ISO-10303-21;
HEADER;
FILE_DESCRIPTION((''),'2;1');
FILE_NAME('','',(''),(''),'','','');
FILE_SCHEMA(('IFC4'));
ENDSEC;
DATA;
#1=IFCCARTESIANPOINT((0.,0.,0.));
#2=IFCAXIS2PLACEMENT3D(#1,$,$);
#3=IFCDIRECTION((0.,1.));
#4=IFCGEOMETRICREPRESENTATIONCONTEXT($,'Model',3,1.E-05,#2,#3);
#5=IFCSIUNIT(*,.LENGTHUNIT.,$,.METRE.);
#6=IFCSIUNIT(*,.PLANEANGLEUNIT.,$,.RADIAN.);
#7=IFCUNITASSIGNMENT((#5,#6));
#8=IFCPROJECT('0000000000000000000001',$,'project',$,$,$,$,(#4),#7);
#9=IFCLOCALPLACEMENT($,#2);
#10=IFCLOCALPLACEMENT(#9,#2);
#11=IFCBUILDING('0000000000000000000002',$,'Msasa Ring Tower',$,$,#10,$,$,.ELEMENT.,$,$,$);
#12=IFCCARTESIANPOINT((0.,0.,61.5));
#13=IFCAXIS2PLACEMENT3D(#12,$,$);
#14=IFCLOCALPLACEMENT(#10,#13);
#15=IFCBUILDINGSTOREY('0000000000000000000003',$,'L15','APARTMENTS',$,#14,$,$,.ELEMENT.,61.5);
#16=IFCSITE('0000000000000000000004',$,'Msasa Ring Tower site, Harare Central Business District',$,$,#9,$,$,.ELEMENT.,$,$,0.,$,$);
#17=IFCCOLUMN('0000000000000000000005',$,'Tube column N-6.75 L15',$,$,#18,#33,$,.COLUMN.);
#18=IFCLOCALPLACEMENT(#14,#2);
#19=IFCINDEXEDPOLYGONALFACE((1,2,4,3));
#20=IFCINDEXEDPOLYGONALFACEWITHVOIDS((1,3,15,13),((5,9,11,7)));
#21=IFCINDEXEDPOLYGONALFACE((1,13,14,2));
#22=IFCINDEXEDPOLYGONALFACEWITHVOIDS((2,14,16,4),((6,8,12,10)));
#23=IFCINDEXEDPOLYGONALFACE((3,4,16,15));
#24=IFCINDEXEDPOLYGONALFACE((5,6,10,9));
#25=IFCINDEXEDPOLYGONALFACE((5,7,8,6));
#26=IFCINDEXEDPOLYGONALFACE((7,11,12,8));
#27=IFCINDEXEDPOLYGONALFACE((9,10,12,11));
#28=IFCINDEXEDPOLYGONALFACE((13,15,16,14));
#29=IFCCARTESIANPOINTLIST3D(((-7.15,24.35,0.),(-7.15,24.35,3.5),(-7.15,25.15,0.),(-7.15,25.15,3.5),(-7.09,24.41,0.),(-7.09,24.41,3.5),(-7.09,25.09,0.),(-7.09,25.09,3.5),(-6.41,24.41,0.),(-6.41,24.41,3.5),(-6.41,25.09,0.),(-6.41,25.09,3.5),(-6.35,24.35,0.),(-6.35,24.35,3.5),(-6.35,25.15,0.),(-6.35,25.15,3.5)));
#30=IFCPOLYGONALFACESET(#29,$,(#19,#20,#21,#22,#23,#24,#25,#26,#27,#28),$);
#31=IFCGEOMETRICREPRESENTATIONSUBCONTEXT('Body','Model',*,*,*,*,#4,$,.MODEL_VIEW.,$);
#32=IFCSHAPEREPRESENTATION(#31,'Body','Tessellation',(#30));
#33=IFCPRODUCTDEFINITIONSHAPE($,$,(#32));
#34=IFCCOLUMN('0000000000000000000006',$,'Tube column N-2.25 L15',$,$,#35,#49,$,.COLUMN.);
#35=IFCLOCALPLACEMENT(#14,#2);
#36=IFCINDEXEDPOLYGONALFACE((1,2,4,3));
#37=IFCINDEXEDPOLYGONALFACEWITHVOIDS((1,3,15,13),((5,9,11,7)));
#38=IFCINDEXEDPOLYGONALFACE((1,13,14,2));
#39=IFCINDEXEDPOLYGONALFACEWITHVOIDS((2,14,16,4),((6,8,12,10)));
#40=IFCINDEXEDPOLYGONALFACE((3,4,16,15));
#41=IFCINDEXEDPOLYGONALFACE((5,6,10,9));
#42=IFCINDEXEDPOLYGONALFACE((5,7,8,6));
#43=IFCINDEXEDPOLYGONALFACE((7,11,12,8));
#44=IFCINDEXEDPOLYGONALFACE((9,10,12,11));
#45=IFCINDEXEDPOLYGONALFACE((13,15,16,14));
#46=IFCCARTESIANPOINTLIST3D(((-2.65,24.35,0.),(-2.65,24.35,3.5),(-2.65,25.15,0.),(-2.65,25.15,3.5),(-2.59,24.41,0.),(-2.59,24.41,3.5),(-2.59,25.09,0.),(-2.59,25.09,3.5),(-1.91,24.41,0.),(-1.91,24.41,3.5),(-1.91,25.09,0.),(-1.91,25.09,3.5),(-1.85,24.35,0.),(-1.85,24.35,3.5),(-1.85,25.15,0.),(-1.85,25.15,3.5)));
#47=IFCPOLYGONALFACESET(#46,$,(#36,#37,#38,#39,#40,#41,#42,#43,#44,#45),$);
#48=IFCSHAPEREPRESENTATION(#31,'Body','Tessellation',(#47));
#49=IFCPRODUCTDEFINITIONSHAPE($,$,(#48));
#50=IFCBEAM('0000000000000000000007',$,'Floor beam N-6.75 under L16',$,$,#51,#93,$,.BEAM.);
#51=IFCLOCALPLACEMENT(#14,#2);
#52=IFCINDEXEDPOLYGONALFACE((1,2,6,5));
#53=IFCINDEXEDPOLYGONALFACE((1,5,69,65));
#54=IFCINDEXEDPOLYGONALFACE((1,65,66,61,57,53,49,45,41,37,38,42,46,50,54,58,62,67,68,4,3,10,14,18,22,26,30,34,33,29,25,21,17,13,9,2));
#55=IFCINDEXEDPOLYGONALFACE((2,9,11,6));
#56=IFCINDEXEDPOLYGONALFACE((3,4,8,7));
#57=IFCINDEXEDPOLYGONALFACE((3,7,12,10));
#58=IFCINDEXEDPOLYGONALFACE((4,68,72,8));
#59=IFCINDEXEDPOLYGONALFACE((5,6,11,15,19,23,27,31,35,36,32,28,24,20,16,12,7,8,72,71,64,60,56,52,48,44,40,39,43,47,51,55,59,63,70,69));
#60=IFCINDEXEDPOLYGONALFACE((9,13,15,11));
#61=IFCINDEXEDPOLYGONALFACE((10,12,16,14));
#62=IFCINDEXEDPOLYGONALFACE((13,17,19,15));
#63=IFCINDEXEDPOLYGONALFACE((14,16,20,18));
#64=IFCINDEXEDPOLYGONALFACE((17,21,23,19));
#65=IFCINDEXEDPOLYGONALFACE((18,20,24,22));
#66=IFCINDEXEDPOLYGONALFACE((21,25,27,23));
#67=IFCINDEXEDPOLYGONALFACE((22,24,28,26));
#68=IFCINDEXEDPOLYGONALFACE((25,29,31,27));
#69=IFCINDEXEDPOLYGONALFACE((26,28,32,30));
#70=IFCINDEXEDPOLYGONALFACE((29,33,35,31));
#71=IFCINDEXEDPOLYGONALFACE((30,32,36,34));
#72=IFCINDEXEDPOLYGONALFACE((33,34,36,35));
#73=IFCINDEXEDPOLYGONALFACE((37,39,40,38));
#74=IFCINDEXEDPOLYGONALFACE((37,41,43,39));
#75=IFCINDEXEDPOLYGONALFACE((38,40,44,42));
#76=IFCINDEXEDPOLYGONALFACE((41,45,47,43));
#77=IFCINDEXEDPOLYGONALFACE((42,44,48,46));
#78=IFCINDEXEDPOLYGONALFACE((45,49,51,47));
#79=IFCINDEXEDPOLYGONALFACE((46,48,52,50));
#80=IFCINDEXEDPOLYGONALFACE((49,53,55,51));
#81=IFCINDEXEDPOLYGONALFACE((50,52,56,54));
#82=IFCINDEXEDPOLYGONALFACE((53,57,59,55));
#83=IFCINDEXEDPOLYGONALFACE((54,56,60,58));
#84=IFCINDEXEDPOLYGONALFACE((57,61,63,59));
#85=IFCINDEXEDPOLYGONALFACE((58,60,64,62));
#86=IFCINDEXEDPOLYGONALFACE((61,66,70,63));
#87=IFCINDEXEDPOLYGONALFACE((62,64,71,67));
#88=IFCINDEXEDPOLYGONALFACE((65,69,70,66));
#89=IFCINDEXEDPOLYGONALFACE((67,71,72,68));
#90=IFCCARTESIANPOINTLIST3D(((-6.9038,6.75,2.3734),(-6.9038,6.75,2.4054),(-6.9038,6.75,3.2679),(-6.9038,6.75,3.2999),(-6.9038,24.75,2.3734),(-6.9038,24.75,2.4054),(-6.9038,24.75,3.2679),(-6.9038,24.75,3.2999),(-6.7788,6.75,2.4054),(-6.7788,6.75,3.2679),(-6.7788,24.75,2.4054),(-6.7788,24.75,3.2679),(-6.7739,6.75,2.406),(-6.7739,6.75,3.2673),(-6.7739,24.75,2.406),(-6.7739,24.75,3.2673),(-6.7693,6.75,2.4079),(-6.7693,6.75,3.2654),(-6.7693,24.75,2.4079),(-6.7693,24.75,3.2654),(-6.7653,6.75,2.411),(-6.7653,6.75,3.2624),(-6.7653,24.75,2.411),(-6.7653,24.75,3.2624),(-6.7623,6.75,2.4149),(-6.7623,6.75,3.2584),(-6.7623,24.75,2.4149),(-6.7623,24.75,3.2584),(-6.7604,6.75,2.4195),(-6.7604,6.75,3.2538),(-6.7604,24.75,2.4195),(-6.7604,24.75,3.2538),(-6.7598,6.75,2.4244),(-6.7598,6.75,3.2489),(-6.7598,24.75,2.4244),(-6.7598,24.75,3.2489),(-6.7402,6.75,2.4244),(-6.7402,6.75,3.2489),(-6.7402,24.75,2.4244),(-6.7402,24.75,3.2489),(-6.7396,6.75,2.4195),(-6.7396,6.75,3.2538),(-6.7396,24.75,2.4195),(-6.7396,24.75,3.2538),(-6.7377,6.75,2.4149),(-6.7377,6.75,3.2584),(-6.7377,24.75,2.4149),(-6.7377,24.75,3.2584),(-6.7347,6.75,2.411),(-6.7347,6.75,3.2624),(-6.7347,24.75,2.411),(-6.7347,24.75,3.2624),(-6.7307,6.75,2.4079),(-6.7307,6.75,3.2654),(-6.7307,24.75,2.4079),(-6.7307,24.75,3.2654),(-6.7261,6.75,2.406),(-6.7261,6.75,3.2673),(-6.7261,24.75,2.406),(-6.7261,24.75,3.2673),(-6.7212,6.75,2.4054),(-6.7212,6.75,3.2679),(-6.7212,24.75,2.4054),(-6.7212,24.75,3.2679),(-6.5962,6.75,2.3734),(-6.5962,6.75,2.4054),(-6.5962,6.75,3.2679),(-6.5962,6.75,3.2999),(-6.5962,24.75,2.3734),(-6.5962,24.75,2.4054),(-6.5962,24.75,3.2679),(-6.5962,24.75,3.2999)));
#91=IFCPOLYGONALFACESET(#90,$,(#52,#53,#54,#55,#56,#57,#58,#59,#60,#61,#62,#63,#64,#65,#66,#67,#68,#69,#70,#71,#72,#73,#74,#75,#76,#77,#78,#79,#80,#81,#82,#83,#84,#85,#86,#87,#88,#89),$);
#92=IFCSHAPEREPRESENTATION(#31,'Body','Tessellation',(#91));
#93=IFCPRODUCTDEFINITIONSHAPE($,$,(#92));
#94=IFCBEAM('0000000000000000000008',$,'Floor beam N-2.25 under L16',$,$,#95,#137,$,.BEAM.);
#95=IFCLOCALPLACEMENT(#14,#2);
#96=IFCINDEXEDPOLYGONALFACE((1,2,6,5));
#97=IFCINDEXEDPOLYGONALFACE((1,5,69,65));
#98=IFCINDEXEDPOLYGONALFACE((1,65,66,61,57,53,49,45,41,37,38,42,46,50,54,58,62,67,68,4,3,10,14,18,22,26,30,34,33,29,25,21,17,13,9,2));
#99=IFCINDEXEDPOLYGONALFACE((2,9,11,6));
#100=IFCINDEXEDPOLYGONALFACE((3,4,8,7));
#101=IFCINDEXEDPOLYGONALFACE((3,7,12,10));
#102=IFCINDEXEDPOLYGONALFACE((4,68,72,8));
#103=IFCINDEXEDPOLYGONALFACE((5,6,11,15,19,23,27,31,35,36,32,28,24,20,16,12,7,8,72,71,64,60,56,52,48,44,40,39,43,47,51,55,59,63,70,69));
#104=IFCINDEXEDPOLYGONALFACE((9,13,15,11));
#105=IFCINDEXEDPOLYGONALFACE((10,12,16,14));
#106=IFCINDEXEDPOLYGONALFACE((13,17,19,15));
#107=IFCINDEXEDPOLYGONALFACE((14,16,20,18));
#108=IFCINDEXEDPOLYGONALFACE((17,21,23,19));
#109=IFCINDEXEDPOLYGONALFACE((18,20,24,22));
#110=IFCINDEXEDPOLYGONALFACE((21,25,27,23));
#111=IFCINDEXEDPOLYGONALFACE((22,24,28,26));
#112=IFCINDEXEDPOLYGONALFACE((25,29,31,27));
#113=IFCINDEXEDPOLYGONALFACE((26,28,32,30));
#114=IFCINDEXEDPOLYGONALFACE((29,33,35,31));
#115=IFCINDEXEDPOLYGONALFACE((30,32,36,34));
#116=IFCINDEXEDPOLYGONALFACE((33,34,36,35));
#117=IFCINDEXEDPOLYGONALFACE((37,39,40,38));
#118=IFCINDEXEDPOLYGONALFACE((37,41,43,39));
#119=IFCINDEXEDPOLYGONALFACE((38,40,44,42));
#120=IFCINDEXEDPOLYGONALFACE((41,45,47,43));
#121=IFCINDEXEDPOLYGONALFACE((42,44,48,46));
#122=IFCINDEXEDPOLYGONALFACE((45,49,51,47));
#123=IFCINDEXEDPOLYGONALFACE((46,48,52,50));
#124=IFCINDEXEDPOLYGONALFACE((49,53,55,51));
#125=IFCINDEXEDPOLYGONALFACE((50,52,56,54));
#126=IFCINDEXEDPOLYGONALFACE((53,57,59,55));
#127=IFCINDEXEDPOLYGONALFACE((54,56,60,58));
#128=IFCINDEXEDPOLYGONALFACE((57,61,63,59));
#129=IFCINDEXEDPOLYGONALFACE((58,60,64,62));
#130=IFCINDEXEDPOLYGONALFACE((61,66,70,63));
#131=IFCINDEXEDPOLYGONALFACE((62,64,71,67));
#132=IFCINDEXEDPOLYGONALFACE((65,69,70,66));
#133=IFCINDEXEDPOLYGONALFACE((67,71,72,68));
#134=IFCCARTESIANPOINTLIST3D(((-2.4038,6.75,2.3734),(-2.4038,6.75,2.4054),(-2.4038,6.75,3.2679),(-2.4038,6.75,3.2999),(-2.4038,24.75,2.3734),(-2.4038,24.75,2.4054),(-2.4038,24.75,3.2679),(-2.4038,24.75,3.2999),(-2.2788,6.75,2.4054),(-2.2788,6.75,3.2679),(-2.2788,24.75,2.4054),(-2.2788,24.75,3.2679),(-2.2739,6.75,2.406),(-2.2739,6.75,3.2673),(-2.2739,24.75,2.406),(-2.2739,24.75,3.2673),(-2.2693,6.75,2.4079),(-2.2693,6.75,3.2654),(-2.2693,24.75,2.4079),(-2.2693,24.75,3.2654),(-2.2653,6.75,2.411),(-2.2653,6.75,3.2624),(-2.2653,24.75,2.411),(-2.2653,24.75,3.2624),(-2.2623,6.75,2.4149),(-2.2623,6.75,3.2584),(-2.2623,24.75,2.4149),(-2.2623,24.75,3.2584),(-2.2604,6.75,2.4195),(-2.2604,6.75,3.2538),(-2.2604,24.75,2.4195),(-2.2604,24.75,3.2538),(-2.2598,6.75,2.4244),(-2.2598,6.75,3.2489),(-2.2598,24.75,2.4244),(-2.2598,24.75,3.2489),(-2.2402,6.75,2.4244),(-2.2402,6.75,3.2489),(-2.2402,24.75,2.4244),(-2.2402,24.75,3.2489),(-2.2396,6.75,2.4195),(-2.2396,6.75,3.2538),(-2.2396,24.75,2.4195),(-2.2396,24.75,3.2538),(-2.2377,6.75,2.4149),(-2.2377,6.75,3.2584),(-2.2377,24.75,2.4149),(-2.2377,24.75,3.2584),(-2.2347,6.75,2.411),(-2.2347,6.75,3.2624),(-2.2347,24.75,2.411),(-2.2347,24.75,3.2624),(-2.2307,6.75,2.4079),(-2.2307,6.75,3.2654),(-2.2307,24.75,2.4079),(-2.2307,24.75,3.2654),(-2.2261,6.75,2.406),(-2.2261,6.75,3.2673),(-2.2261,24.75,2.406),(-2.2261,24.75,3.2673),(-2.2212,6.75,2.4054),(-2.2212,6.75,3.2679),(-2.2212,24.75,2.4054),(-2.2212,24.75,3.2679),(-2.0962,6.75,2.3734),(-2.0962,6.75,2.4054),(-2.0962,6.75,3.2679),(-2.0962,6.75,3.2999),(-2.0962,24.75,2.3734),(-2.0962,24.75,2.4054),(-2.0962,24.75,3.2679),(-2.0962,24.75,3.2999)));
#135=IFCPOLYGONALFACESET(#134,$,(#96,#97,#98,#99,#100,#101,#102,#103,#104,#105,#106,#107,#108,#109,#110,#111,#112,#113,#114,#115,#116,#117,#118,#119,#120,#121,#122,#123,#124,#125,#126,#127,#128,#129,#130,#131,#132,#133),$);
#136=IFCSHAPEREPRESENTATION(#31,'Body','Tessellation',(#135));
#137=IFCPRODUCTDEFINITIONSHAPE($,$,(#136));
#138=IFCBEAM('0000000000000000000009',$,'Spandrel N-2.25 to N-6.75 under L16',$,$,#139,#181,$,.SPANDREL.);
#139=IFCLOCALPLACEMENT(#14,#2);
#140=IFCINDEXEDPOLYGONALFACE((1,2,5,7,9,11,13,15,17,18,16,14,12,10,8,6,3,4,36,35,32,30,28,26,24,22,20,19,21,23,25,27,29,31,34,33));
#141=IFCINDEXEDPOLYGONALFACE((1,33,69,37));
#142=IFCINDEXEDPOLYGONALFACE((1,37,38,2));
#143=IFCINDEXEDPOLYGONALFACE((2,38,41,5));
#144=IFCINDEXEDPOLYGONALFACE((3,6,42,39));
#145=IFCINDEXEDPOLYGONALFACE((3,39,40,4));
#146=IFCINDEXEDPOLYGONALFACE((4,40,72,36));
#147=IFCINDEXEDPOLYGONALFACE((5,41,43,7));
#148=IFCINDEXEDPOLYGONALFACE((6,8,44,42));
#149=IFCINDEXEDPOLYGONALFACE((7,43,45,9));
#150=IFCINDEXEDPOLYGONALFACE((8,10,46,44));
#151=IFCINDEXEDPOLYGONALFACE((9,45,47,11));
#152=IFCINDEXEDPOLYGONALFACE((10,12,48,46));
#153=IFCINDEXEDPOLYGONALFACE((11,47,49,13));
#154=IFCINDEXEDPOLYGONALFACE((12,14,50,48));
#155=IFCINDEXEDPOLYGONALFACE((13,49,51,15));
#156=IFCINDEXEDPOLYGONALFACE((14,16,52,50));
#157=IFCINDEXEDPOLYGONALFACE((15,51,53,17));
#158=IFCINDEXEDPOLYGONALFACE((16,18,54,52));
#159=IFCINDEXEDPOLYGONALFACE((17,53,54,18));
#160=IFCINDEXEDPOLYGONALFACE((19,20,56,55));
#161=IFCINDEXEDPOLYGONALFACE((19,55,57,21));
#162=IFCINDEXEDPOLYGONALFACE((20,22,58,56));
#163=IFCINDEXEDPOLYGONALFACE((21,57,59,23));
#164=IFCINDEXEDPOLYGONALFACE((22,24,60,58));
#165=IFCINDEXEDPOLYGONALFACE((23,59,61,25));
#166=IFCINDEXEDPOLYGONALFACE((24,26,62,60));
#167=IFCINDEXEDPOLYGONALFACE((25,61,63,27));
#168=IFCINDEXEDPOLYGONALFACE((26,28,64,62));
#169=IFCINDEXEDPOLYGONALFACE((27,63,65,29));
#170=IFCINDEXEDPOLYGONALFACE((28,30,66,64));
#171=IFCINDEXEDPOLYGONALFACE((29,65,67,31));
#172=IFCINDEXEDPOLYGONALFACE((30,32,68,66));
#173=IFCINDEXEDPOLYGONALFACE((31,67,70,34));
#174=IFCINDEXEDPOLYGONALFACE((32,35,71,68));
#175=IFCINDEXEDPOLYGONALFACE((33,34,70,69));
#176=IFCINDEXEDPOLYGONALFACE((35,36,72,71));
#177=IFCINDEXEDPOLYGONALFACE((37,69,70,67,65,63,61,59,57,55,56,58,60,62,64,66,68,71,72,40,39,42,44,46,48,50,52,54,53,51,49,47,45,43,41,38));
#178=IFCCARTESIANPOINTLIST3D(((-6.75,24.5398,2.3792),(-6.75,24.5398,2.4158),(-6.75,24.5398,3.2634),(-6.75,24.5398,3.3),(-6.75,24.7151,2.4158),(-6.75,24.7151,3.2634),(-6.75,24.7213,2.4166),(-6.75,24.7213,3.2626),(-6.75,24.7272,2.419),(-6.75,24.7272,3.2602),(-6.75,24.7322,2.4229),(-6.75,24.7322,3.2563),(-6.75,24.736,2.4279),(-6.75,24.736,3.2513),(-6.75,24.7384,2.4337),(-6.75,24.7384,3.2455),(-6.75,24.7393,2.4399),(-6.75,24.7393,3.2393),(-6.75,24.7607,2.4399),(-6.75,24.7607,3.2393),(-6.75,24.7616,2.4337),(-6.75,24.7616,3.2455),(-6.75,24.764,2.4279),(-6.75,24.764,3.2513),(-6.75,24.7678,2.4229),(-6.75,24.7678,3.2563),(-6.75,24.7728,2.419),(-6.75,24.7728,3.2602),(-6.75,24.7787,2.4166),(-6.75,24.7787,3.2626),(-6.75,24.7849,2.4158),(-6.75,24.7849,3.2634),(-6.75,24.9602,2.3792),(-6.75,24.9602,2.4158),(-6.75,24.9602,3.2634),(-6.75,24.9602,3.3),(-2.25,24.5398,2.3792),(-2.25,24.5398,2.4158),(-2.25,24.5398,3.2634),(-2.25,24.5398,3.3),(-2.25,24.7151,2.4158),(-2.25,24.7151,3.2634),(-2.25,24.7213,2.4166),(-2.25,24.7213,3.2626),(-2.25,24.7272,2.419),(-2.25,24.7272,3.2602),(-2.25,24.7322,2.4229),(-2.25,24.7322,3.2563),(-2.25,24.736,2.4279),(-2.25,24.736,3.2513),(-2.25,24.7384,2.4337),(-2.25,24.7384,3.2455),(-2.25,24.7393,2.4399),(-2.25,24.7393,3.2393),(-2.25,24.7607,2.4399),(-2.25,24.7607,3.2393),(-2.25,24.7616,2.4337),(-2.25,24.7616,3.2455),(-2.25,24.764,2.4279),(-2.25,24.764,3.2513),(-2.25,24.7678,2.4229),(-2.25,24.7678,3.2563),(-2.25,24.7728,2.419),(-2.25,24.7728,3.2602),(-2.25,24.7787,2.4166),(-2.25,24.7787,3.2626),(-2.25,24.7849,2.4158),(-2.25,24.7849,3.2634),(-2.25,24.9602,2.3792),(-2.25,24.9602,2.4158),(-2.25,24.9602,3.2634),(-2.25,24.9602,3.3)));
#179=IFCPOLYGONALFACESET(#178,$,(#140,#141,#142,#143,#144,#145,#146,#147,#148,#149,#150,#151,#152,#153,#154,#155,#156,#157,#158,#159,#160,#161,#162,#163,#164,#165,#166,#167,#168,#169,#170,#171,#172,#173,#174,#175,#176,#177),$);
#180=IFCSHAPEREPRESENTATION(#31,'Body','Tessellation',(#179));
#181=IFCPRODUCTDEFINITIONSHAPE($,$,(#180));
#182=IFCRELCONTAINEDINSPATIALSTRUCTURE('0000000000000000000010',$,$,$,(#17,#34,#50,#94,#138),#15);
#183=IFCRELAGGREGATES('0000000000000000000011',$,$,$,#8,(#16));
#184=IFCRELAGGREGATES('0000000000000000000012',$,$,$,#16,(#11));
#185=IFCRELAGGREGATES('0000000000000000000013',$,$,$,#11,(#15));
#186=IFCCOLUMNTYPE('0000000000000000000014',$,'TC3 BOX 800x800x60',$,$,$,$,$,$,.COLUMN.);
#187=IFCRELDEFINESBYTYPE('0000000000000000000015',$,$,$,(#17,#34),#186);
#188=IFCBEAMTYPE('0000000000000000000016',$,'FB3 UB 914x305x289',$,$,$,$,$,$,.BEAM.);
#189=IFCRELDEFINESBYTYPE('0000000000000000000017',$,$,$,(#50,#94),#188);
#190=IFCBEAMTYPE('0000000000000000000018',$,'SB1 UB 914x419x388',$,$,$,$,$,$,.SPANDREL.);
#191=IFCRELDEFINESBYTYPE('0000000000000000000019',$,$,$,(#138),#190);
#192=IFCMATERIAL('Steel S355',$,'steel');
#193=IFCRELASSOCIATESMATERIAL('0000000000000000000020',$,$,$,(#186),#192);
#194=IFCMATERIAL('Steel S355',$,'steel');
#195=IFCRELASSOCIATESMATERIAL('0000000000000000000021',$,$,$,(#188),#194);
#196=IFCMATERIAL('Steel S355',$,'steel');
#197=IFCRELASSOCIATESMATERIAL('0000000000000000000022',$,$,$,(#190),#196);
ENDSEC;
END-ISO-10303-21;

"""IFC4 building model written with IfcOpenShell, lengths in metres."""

from ifc_helpers import new_model, si_unit, direction, frame, origin, origin_2d, place, context, subcontext, project, spatial, hollow_rectangle, i_section, extrude, material, material_profile, profile_set, type_object, element, save


model = new_model("IFC4")

# Units and contexts
model_context = context("Model", 3, precision=1e-05, world=origin(), true_north=direction((0.0, 1.0)))
body_context = subcontext(model_context, "Body", "Model", "MODEL_VIEW")
ifc_project = project(units=[si_unit("LENGTHUNIT", "METRE"), si_unit("PLANEANGLEUNIT", "RADIAN")], contexts=[model_context])

# Site, building, storey
site_placement = place(None, origin())
site = spatial("IfcSite", under=ifc_project, at=site_placement, Name="Msasa Ring Tower site, Harare Central Business District", CompositionType="ELEMENT", RefElevation=0.0)
building_placement = place(site_placement, origin())
building = spatial("IfcBuilding", under=site, at=building_placement, Name="Msasa Ring Tower", CompositionType="ELEMENT")
storey_placement = place(building_placement, frame((0.0, 0.0, 61.5)))
storey = spatial("IfcBuildingStorey", under=building, at=storey_placement, Name="L15", Description="APARTMENTS", CompositionType="ELEMENT", Elevation=61.5)

# Columns
ifc_material_1 = material(Name="Steel S355", Category="steel")
ifc_material_profile_1 = material_profile(ifc_material_1, hollow_rectangle(XDim=0.8, YDim=0.8, WallThickness=0.0601, at=origin_2d()), Name="BOX 800x800x60")
ifc_profile_set_1 = profile_set([ifc_material_profile_1], Name="Steel S355")
column_type = type_object("IfcColumnType", Name="TC3 BOX 800x800x60", PredefinedType="COLUMN", material=ifc_profile_set_1)
for number, where, z_axis, x_axis, name in (
    (1, (-6.75, 24.75, 0.0), (0.0, 0.0, 1.0), (0.0, 1.0, 0.0), "Tube column N-6.75 L15"),
    (2, (-2.25, 24.75, 0.0), (0.0, 0.0, 1.0), (0.0, 1.0, 0.0), "Tube column N-2.25 L15"),
):
    element("IfcColumn", number, at=place(storey_placement, frame(where, z_axis=z_axis, x_axis=x_axis)), inside=storey, type_object=column_type, Name=name, PredefinedType="COLUMN", context=body_context, shape_type="SweptSolid", body=[
        extrude(hollow_rectangle(XDim=0.8, YDim=0.8, WallThickness=0.0601, at=origin_2d()), origin(), (0.0, 0.0, 1.0), 3.5),
    ])

# Beams
ifc_material_2 = material(Name="Steel S355", Category="steel")
ifc_material_profile_2 = material_profile(ifc_material_2, i_section(OverallWidth=0.3076, OverallDepth=0.9265, WebThickness=0.0195, FlangeThickness=0.032, FilletRadius=0.019, at=origin_2d()), Name="UB 914x305x289")
ifc_profile_set_2 = profile_set([ifc_material_profile_2], Name="Steel S355")
beam_type_1 = type_object("IfcBeamType", Name="FB3 UB 914x305x289", PredefinedType="BEAM", material=ifc_profile_set_2)
for number, where, z_axis, x_axis, name in (
    (3, (-6.75, 24.75, 2.8367), (0.0, -1.0, 0.0), (1.0, 0.0, 0.0), "Floor beam N-6.75 under L16"),
    (4, (-2.25, 24.75, 2.8367), (0.0, -1.0, 0.0), (1.0, 0.0, 0.0), "Floor beam N-2.25 under L16"),
):
    element("IfcBeam", number, at=place(storey_placement, frame(where, z_axis=z_axis, x_axis=x_axis)), inside=storey, type_object=beam_type_1, Name=name, PredefinedType="BEAM", context=body_context, shape_type="SweptSolid", body=[
        extrude(i_section(OverallWidth=0.3076, OverallDepth=0.9265, WebThickness=0.0195, FlangeThickness=0.032, FilletRadius=0.019, at=origin_2d()), origin(), (0.0, 0.0, 1.0), 18.0),
    ])
ifc_material_3 = material(Name="Steel S355", Category="steel")
ifc_material_profile_3 = material_profile(ifc_material_3, i_section(OverallWidth=0.4204, OverallDepth=0.9209, WebThickness=0.0215, FlangeThickness=0.0366, FilletRadius=0.0242, at=origin_2d()), Name="UB 914x419x388")
ifc_profile_set_3 = profile_set([ifc_material_profile_3], Name="Steel S355")
beam_type_2 = type_object("IfcBeamType", Name="SB1 UB 914x419x388", PredefinedType="SPANDREL", material=ifc_profile_set_3)
for number, where, z_axis, x_axis, name in (
    (5, (-2.25, 24.75, 2.8396), (-1.0, 0.0, 0.0), (0.0, -1.0, 0.0), "Spandrel N-2.25 to N-6.75 under L16"),
):
    element("IfcBeam", number, at=place(storey_placement, frame(where, z_axis=z_axis, x_axis=x_axis)), inside=storey, type_object=beam_type_2, Name=name, PredefinedType="SPANDREL", context=body_context, shape_type="SweptSolid", body=[
        extrude(i_section(OverallWidth=0.4204, OverallDepth=0.9209, WebThickness=0.0215, FlangeThickness=0.0366, FilletRadius=0.0242, at=origin_2d()), origin(), (0.0, 0.0, 1.0), 4.5),
    ])

save(model, "model.ifc")
